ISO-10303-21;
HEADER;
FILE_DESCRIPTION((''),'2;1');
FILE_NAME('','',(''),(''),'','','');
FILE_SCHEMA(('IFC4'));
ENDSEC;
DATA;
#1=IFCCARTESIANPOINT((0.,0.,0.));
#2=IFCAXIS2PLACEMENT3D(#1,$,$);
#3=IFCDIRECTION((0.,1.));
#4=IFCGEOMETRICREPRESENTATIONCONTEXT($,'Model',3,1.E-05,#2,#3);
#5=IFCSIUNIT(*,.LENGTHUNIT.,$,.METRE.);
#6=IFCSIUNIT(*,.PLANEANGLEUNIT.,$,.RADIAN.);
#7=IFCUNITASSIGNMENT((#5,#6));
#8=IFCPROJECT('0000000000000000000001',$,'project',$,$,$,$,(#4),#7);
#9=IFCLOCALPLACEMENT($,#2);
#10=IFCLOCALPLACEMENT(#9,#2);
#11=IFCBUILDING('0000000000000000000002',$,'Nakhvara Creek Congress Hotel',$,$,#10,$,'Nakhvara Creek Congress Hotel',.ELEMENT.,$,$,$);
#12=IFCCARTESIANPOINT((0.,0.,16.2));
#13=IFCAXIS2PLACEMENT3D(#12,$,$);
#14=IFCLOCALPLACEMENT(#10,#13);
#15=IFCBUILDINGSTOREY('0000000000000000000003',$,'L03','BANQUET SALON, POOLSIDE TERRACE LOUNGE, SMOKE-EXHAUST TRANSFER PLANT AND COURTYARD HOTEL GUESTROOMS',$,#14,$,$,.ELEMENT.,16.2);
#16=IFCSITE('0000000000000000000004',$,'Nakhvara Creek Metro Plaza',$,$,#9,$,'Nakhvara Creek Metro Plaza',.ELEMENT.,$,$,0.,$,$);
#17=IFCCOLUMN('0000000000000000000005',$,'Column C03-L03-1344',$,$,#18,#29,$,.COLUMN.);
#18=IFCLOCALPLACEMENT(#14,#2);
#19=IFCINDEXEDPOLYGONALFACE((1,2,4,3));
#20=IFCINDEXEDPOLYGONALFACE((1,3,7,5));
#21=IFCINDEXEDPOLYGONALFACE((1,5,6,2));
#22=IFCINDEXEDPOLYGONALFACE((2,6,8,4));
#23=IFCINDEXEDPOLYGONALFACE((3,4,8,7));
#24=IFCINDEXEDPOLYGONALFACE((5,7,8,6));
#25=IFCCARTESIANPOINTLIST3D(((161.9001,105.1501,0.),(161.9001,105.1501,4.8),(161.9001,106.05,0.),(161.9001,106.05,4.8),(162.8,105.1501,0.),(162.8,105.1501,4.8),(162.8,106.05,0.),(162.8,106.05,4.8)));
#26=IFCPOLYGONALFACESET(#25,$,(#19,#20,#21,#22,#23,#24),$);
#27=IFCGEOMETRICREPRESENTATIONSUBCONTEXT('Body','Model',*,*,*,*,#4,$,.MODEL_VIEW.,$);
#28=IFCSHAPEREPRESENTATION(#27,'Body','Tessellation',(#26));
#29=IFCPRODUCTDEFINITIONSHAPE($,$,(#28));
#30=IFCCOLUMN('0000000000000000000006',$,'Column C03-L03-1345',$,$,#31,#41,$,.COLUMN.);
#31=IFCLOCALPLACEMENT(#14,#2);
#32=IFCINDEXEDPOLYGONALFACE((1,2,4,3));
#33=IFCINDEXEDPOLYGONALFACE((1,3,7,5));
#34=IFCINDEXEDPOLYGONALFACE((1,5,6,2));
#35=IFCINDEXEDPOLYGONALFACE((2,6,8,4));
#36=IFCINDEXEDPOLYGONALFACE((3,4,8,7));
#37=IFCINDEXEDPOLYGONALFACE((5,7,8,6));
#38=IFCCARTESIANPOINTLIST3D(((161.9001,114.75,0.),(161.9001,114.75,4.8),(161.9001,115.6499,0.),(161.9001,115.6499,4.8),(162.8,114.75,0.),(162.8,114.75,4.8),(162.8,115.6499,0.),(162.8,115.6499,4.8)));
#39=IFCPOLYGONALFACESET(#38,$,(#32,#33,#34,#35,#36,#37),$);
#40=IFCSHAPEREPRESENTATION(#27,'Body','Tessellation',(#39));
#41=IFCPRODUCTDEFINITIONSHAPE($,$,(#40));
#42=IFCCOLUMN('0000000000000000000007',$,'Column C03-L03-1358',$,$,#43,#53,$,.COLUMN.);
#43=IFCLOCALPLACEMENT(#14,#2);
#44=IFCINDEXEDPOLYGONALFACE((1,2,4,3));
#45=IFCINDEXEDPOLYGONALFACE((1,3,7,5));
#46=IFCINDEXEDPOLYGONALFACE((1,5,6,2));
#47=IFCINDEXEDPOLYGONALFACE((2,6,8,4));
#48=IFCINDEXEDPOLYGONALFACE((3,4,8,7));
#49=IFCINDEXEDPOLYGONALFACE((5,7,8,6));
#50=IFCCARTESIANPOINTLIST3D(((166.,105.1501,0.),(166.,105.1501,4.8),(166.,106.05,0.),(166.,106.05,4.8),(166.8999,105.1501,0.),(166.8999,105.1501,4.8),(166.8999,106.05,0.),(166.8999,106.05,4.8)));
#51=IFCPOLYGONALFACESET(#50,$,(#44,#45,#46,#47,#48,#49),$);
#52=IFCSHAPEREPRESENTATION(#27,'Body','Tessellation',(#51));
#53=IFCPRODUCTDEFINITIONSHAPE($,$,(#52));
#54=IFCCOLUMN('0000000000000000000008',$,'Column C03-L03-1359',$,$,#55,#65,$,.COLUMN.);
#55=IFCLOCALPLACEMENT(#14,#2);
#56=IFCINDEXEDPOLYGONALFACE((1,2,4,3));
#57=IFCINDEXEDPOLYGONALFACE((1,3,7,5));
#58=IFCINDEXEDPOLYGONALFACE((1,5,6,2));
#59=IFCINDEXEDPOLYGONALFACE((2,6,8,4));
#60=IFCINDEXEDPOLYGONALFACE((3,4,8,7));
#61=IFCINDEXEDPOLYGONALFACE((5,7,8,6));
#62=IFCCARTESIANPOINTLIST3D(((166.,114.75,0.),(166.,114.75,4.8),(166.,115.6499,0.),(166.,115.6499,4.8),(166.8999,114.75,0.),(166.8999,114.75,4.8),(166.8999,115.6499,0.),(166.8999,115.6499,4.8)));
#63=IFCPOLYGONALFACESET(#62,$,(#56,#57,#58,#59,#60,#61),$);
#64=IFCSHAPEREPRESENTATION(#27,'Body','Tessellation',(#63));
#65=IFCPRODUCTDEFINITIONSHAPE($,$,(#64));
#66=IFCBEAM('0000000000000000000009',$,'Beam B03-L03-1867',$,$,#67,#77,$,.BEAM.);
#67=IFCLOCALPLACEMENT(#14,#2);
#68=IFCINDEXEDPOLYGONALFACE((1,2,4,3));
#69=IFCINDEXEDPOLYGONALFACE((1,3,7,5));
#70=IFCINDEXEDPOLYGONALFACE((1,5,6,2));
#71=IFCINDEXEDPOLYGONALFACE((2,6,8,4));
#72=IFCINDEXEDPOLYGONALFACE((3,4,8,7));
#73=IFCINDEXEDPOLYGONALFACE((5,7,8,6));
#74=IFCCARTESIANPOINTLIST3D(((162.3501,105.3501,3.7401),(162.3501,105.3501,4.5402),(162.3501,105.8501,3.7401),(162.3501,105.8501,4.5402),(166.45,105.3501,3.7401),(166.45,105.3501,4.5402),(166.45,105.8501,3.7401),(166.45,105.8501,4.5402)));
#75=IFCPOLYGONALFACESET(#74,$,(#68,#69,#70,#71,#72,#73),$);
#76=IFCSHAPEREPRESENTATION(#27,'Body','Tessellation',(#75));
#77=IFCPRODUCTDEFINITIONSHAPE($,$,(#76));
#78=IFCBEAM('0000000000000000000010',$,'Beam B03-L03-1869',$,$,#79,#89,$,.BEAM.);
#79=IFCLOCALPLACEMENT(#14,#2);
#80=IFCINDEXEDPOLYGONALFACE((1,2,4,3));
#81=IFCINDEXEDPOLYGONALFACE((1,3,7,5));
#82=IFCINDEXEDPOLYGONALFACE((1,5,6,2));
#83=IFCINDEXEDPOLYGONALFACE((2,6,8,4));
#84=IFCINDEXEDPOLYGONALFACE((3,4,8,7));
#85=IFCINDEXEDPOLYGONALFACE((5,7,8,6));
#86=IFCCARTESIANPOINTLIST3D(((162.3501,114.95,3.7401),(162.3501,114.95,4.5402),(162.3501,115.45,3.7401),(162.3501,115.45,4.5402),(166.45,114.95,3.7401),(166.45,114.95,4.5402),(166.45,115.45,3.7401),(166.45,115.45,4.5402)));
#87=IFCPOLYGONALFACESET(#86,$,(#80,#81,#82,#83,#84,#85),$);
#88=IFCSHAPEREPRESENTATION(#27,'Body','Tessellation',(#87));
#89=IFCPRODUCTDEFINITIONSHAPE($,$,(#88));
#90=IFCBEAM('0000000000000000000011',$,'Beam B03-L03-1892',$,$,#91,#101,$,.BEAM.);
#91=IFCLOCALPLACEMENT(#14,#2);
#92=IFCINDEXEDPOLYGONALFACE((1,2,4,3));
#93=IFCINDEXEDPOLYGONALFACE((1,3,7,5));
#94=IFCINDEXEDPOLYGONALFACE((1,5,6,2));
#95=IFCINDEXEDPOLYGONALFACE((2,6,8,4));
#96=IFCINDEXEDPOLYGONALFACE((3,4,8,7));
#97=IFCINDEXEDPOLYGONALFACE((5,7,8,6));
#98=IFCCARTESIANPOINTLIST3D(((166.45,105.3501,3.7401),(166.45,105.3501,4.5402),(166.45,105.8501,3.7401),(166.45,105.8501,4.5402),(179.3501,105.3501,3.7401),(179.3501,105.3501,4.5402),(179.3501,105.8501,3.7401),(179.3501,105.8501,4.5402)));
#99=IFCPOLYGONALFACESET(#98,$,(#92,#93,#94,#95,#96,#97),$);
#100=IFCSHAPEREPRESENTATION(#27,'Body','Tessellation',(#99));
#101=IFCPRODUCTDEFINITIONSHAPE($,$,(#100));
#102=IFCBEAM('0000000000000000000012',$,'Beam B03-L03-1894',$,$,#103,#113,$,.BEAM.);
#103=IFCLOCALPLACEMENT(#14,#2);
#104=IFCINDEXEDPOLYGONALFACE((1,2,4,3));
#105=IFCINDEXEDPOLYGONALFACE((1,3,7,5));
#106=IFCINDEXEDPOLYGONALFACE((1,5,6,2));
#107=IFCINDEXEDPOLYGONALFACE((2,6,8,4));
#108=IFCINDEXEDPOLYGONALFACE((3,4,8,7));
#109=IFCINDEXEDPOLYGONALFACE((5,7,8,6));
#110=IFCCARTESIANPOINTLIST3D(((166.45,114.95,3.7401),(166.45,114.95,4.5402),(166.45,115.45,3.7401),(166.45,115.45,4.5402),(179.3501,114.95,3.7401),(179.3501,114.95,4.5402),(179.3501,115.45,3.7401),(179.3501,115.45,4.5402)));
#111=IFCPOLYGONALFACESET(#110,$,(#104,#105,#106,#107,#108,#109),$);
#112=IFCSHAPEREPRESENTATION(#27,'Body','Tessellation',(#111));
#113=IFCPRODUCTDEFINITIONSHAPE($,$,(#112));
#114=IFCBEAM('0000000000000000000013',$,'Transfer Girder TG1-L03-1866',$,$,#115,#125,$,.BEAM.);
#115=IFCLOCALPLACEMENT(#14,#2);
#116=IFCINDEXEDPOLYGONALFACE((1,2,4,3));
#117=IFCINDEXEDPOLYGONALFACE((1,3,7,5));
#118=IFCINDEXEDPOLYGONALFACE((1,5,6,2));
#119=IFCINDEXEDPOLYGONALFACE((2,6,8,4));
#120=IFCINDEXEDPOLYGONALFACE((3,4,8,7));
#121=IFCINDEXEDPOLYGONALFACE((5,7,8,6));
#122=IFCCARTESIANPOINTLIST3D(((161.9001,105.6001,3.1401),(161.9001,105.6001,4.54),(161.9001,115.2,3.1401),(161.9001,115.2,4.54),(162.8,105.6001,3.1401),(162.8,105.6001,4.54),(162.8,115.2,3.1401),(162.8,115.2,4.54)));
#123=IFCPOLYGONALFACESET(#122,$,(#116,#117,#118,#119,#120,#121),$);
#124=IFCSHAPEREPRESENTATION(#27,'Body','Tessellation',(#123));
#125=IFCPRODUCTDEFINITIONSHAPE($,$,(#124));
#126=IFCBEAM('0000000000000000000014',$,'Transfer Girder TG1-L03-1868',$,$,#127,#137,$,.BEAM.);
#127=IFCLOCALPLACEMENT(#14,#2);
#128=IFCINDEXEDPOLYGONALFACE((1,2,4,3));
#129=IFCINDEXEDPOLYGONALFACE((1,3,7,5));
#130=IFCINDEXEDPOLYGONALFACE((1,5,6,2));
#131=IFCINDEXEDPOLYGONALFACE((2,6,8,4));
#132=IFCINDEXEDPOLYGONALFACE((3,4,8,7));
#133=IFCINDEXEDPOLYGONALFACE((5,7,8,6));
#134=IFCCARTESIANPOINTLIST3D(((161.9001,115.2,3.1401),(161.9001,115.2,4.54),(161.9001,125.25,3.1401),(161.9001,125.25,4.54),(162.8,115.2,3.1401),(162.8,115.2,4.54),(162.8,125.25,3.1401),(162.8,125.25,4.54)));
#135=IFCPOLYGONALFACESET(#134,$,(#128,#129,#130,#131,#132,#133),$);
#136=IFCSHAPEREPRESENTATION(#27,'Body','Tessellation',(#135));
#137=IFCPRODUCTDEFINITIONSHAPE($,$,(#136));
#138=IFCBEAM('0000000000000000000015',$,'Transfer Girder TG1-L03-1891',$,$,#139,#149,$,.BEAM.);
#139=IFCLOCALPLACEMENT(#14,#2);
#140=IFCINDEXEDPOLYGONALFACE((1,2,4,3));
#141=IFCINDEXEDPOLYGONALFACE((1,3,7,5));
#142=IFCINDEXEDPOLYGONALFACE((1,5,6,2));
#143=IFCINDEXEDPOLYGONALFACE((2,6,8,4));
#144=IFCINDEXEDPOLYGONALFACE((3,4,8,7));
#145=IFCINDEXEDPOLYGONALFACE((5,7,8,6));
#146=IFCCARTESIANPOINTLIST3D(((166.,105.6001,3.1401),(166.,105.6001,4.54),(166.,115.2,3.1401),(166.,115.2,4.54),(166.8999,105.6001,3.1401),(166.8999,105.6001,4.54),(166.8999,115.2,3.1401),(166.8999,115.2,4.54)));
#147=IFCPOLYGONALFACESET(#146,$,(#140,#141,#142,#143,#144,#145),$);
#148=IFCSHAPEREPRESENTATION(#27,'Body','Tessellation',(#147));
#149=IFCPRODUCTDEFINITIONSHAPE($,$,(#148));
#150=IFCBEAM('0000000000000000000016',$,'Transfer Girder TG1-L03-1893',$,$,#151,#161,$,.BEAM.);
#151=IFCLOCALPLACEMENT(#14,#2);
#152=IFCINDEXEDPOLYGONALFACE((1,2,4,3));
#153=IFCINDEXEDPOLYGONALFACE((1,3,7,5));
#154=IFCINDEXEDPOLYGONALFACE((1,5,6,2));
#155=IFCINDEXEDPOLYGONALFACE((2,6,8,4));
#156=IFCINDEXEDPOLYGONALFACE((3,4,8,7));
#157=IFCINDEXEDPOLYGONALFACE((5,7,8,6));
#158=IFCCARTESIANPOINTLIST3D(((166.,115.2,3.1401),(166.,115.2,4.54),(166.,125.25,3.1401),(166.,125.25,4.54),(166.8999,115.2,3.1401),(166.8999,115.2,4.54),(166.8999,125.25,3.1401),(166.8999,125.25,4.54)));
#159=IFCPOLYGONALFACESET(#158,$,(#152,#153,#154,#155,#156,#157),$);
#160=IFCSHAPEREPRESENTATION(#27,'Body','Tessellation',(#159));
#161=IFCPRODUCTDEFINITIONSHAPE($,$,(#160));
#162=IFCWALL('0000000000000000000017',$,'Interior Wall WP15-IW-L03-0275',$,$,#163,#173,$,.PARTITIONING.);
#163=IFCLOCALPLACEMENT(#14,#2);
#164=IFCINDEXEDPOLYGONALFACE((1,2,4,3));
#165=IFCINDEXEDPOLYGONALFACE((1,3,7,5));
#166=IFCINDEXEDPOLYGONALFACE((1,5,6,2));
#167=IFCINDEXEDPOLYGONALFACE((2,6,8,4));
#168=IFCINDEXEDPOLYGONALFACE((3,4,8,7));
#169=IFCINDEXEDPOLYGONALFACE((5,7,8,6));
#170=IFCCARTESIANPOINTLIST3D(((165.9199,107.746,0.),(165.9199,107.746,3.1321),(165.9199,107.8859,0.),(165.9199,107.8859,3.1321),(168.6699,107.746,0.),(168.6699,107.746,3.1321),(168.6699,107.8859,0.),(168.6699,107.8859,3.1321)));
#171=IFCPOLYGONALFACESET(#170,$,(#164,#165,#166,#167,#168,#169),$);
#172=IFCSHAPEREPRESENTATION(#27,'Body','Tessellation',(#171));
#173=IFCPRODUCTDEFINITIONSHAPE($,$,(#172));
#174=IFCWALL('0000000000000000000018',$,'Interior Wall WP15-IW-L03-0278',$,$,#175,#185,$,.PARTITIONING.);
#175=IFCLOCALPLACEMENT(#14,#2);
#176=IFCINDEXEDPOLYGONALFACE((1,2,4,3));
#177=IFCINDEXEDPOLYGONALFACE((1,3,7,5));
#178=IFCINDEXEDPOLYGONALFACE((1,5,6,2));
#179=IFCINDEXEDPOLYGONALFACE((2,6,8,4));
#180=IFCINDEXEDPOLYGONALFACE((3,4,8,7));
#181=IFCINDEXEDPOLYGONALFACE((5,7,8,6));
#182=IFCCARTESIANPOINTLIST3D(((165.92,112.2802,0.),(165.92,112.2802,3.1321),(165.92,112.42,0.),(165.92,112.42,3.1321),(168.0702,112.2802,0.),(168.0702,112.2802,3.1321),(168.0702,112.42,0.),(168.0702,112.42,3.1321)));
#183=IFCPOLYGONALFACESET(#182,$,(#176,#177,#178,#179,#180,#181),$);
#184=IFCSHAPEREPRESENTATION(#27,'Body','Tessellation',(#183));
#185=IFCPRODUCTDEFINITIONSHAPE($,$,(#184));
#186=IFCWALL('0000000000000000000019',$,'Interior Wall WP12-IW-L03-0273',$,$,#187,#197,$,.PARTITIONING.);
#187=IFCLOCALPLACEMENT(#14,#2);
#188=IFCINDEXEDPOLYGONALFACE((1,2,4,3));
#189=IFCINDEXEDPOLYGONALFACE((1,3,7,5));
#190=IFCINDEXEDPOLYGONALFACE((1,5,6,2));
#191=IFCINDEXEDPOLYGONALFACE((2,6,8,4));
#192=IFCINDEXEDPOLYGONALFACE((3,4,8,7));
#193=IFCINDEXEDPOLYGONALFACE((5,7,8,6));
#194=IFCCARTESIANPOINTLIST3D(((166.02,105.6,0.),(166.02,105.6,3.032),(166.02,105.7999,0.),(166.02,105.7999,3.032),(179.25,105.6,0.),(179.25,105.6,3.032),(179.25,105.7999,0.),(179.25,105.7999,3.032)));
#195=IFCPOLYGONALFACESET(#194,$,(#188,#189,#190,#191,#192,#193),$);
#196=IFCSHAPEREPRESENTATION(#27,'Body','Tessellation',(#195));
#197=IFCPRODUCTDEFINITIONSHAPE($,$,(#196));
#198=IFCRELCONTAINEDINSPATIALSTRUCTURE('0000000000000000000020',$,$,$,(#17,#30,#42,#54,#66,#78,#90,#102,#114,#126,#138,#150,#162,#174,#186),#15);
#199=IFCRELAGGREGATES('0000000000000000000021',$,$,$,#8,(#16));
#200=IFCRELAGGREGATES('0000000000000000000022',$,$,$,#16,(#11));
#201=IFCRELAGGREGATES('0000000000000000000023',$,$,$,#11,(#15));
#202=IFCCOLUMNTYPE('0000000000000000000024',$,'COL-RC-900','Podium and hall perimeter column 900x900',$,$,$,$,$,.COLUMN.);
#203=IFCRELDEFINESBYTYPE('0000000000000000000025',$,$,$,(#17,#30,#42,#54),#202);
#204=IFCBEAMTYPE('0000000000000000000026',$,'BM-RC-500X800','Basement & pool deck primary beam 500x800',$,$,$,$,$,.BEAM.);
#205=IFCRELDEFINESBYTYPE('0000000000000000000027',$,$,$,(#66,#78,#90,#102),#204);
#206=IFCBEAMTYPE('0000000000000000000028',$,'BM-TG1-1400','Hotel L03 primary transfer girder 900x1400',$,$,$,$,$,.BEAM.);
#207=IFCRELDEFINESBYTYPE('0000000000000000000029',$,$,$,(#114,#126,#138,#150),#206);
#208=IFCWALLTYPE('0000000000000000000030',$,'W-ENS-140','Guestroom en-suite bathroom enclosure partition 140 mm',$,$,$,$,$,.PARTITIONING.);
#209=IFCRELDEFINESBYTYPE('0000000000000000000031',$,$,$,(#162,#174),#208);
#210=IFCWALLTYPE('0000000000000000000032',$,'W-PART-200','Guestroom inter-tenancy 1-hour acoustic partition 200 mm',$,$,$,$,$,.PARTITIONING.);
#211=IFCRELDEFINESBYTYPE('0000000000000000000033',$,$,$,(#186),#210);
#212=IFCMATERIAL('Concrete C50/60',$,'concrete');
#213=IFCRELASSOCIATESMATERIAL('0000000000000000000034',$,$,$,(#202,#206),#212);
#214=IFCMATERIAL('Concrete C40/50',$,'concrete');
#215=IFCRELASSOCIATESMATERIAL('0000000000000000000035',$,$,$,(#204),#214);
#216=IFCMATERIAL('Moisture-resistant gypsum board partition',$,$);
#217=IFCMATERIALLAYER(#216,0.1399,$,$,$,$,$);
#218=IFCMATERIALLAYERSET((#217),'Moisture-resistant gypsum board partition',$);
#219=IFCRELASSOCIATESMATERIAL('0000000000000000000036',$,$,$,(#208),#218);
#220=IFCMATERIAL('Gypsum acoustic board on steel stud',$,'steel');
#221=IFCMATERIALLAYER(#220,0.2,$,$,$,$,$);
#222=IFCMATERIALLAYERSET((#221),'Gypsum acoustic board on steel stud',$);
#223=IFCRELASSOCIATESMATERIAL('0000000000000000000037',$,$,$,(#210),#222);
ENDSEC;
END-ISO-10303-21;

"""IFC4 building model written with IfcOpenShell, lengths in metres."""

from ifc_helpers import new_model, si_unit, direction, frame, frame_2d, origin, origin_2d, place, context, subcontext, project, spatial, rectangle, extrude, material, layer, layer_set, material_profile, profile_set, type_object, element, save


model = new_model("IFC4")

# Units and contexts
model_context = context("Model", 3, precision=1e-05, world=origin(), true_north=direction((0.0, 1.0)))
body_context = subcontext(model_context, "Body", "Model", "MODEL_VIEW")
ifc_project = project(units=[si_unit("LENGTHUNIT", "METRE"), si_unit("PLANEANGLEUNIT", "RADIAN")], contexts=[model_context])

# Site, building, storey
site_placement = place(None, origin())
site = spatial("IfcSite", under=ifc_project, at=site_placement, Name="Nakhvara Creek Metro Plaza", LongName="Nakhvara Creek Metro Plaza", CompositionType="ELEMENT", RefElevation=0.0)
building_placement = place(site_placement, origin())
building = spatial("IfcBuilding", under=site, at=building_placement, Name="Nakhvara Creek Congress Hotel", LongName="Nakhvara Creek Congress Hotel", CompositionType="ELEMENT")
storey_placement = place(building_placement, frame((0.0, 0.0, 16.2)))
storey = spatial("IfcBuildingStorey", under=building, at=storey_placement, Name="L03", Description="BANQUET SALON, POOLSIDE TERRACE LOUNGE, SMOKE-EXHAUST TRANSFER PLANT AND COURTYARD HOTEL GUESTROOMS", CompositionType="ELEMENT", Elevation=16.2)

# Columns
ifc_material_1 = material(Name="Concrete C50/60", Category="concrete")
ifc_material_profile_1 = material_profile(ifc_material_1, rectangle(XDim=0.8999, YDim=0.8999, at=origin_2d()), Name="RC-COL 900x900", Category="LoadBearing")
ifc_profile_set_1 = profile_set([ifc_material_profile_1], Name="Concrete C50/60")
column_type = type_object("IfcColumnType", Name="COL-RC-900", Description="Podium and hall perimeter column 900x900", PredefinedType="COLUMN", material=ifc_profile_set_1)
for number, where, z_axis, x_axis, name in (
    (1, (162.3501, 105.6001, 0.0), (0.0, 0.0, 1.0), (1.0, 0.0, 0.0), "Column C03-L03-1344"),
    (2, (162.3501, 115.2, 0.0), (0.0, 0.0, 1.0), (1.0, 0.0, 0.0), "Column C03-L03-1345"),
    (3, (166.45, 105.6001, 0.0), (0.0, 0.0, 1.0), (1.0, 0.0, 0.0), "Column C03-L03-1358"),
    (4, (166.45, 115.2, 0.0), (0.0, 0.0, 1.0), (1.0, 0.0, 0.0), "Column C03-L03-1359"),
):
    element("IfcColumn", number, at=place(storey_placement, frame(where, z_axis=z_axis, x_axis=x_axis)), inside=storey, type_object=column_type, Name=name, PredefinedType="COLUMN", context=body_context, shape_type="SweptSolid", body=[
        extrude(rectangle(XDim=0.8999, YDim=0.8999, at=origin_2d()), origin(), (0.0, 0.0, 1.0), 4.8),
    ])

# Beams
ifc_material_2 = material(Name="Concrete C40/50", Category="concrete")
ifc_material_profile_2 = material_profile(ifc_material_2, rectangle(XDim=0.5, YDim=0.8, at=origin_2d()), Name="RC-BM 500x800", Category="LoadBearing")
ifc_profile_set_2 = profile_set([ifc_material_profile_2], Name="Concrete C40/50")
beam_type_1 = type_object("IfcBeamType", Name="BM-RC-500X800", Description="Basement & pool deck primary beam 500x800", PredefinedType="BEAM", material=ifc_profile_set_2)
for number, where, z_axis, x_axis, name in (
    (5, (162.3501, 105.6001, 4.1401), (1.0, 0.0, 0.0), (0.0, 1.0, 0.0), "Beam B03-L03-1867"),
    (6, (162.3501, 115.2, 4.1401), (1.0, 0.0, 0.0), (0.0, 1.0, 0.0), "Beam B03-L03-1869"),
):
    element("IfcBeam", number, at=place(storey_placement, frame(where, z_axis=z_axis, x_axis=x_axis)), inside=storey, type_object=beam_type_1, Name=name, PredefinedType="BEAM", context=body_context, shape_type="SweptSolid", body=[
        extrude(rectangle(XDim=0.5, YDim=0.8, at=origin_2d()), origin(), (0.0, 0.0, 1.0), 4.0999),
    ])
for number, where, z_axis, x_axis, name in (
    (7, (166.45, 105.6001, 4.1401), (1.0, 0.0, 0.0), (0.0, 1.0, 0.0), "Beam B03-L03-1892"),
    (8, (166.45, 115.2, 4.1401), (1.0, 0.0, 0.0), (0.0, 1.0, 0.0), "Beam B03-L03-1894"),
):
    element("IfcBeam", number, at=place(storey_placement, frame(where, z_axis=z_axis, x_axis=x_axis)), inside=storey, type_object=beam_type_1, Name=name, PredefinedType="BEAM", context=body_context, shape_type="SweptSolid", body=[
        extrude(rectangle(XDim=0.5, YDim=0.8, at=origin_2d()), origin(), (0.0, 0.0, 1.0), 12.9001),
    ])
ifc_material_profile_3 = material_profile(ifc_material_1, rectangle(XDim=0.8999, YDim=1.3999, at=origin_2d()), Name="RC-TG 900x1400", Category="LoadBearing")
ifc_profile_set_3 = profile_set([ifc_material_profile_3], Name="Concrete C50/60")
beam_type_2 = type_object("IfcBeamType", Name="BM-TG1-1400", Description="Hotel L03 primary transfer girder 900x1400", PredefinedType="BEAM", material=ifc_profile_set_3)
beam_1_placement = place(storey_placement, frame((162.3501, 105.6001, 3.8401), z_axis=(0.0, 1.0, 0.0), x_axis=(-1.0, 0.0, 0.0)))
element("IfcBeam", 9, at=beam_1_placement, inside=storey, type_object=beam_type_2, Name="Transfer Girder TG1-L03-1866", PredefinedType="BEAM", context=body_context, shape_type="SweptSolid", body=[
    extrude(rectangle(XDim=0.8999, YDim=1.3999, at=origin_2d()), origin(), (0.0, 0.0, 1.0), 9.5999),
])
beam_2_placement = place(storey_placement, frame((162.3501, 115.2, 3.8401), z_axis=(0.0, 1.0, 0.0), x_axis=(-1.0, 0.0, 0.0)))
element("IfcBeam", 10, at=beam_2_placement, inside=storey, type_object=beam_type_2, Name="Transfer Girder TG1-L03-1868", PredefinedType="BEAM", context=body_context, shape_type="SweptSolid", body=[
    extrude(rectangle(XDim=0.8999, YDim=1.3999, at=origin_2d()), origin(), (0.0, 0.0, 1.0), 10.05),
])
beam_3_placement = place(storey_placement, frame((166.45, 105.6001, 3.8401), z_axis=(0.0, 1.0, 0.0), x_axis=(-1.0, 0.0, 0.0)))
element("IfcBeam", 11, at=beam_3_placement, inside=storey, type_object=beam_type_2, Name="Transfer Girder TG1-L03-1891", PredefinedType="BEAM", context=body_context, shape_type="SweptSolid", body=[
    extrude(rectangle(XDim=0.8999, YDim=1.3999, at=origin_2d()), origin(), (0.0, 0.0, 1.0), 9.5999),
])
beam_4_placement = place(storey_placement, frame((166.45, 115.2, 3.8401), z_axis=(0.0, 1.0, 0.0), x_axis=(-1.0, 0.0, 0.0)))
element("IfcBeam", 12, at=beam_4_placement, inside=storey, type_object=beam_type_2, Name="Transfer Girder TG1-L03-1893", PredefinedType="BEAM", context=body_context, shape_type="SweptSolid", body=[
    extrude(rectangle(XDim=0.8999, YDim=1.3999, at=origin_2d()), origin(), (0.0, 0.0, 1.0), 10.05),
])

# Walls
ifc_material_3 = material(Name="Moisture-resistant gypsum board partition")
ifc_layer_1 = layer(ifc_material_3, 0.1399)
ifc_layer_set_1 = layer_set([ifc_layer_1], Name="Moisture-resistant gypsum board partition")
wall_type_1 = type_object("IfcWallType", Name="W-ENS-140", Description="Guestroom en-suite bathroom enclosure partition 140 mm", PredefinedType="PARTITIONING", material=ifc_layer_set_1)
wall_1_placement = place(storey_placement, frame((165.9199, 107.8159, 0.0), z_axis=(0.0, 0.0, 1.0), x_axis=(1.0, 0.0, 0.0)))
element("IfcWall", 13, at=wall_1_placement, inside=storey, type_object=wall_type_1, Name="Interior Wall WP15-IW-L03-0275", PredefinedType="PARTITIONING", context=body_context, shape_type="SweptSolid", body=[
    extrude(rectangle(XDim=2.75, YDim=0.1399, at=frame_2d((1.375, 0.0))), origin(), (0.0, 0.0, 1.0), 3.1321),
])
wall_2_placement = place(storey_placement, frame((165.9199, 112.3501, 0.0), z_axis=(0.0, 0.0, 1.0), x_axis=(1.0, 0.0, 0.0)))
element("IfcWall", 14, at=wall_2_placement, inside=storey, type_object=wall_type_1, Name="Interior Wall WP15-IW-L03-0278", PredefinedType="PARTITIONING", context=body_context, shape_type="SweptSolid", body=[
    extrude(rectangle(XDim=2.1501, YDim=0.1399, at=frame_2d((1.0752, 0.0))), origin(), (0.0, 0.0, 1.0), 3.1321),
])

# Wall
ifc_material_4 = material(Name="Gypsum acoustic board on steel stud", Category="steel")
ifc_layer_2 = layer(ifc_material_4, 0.2)
ifc_layer_set_2 = layer_set([ifc_layer_2], Name="Gypsum acoustic board on steel stud")
wall_type_2 = type_object("IfcWallType", Name="W-PART-200", Description="Guestroom inter-tenancy 1-hour acoustic partition 200 mm", PredefinedType="PARTITIONING", material=ifc_layer_set_2)
for number, where, z_axis, x_axis, name in (
    (15, (166.02, 105.7, 0.0), (0.0, 0.0, 1.0), (1.0, 0.0, 0.0), "Interior Wall WP12-IW-L03-0273"),
):
    element("IfcWall", number, at=place(storey_placement, frame(where, z_axis=z_axis, x_axis=x_axis)), inside=storey, type_object=wall_type_2, Name=name, PredefinedType="PARTITIONING", context=body_context, shape_type="SweptSolid", body=[
        extrude(rectangle(XDim=13.23, YDim=0.2, at=frame_2d((6.615, 0.0))), origin(), (0.0, 0.0, 1.0), 3.032),
    ])

save(model, "model.ifc")
